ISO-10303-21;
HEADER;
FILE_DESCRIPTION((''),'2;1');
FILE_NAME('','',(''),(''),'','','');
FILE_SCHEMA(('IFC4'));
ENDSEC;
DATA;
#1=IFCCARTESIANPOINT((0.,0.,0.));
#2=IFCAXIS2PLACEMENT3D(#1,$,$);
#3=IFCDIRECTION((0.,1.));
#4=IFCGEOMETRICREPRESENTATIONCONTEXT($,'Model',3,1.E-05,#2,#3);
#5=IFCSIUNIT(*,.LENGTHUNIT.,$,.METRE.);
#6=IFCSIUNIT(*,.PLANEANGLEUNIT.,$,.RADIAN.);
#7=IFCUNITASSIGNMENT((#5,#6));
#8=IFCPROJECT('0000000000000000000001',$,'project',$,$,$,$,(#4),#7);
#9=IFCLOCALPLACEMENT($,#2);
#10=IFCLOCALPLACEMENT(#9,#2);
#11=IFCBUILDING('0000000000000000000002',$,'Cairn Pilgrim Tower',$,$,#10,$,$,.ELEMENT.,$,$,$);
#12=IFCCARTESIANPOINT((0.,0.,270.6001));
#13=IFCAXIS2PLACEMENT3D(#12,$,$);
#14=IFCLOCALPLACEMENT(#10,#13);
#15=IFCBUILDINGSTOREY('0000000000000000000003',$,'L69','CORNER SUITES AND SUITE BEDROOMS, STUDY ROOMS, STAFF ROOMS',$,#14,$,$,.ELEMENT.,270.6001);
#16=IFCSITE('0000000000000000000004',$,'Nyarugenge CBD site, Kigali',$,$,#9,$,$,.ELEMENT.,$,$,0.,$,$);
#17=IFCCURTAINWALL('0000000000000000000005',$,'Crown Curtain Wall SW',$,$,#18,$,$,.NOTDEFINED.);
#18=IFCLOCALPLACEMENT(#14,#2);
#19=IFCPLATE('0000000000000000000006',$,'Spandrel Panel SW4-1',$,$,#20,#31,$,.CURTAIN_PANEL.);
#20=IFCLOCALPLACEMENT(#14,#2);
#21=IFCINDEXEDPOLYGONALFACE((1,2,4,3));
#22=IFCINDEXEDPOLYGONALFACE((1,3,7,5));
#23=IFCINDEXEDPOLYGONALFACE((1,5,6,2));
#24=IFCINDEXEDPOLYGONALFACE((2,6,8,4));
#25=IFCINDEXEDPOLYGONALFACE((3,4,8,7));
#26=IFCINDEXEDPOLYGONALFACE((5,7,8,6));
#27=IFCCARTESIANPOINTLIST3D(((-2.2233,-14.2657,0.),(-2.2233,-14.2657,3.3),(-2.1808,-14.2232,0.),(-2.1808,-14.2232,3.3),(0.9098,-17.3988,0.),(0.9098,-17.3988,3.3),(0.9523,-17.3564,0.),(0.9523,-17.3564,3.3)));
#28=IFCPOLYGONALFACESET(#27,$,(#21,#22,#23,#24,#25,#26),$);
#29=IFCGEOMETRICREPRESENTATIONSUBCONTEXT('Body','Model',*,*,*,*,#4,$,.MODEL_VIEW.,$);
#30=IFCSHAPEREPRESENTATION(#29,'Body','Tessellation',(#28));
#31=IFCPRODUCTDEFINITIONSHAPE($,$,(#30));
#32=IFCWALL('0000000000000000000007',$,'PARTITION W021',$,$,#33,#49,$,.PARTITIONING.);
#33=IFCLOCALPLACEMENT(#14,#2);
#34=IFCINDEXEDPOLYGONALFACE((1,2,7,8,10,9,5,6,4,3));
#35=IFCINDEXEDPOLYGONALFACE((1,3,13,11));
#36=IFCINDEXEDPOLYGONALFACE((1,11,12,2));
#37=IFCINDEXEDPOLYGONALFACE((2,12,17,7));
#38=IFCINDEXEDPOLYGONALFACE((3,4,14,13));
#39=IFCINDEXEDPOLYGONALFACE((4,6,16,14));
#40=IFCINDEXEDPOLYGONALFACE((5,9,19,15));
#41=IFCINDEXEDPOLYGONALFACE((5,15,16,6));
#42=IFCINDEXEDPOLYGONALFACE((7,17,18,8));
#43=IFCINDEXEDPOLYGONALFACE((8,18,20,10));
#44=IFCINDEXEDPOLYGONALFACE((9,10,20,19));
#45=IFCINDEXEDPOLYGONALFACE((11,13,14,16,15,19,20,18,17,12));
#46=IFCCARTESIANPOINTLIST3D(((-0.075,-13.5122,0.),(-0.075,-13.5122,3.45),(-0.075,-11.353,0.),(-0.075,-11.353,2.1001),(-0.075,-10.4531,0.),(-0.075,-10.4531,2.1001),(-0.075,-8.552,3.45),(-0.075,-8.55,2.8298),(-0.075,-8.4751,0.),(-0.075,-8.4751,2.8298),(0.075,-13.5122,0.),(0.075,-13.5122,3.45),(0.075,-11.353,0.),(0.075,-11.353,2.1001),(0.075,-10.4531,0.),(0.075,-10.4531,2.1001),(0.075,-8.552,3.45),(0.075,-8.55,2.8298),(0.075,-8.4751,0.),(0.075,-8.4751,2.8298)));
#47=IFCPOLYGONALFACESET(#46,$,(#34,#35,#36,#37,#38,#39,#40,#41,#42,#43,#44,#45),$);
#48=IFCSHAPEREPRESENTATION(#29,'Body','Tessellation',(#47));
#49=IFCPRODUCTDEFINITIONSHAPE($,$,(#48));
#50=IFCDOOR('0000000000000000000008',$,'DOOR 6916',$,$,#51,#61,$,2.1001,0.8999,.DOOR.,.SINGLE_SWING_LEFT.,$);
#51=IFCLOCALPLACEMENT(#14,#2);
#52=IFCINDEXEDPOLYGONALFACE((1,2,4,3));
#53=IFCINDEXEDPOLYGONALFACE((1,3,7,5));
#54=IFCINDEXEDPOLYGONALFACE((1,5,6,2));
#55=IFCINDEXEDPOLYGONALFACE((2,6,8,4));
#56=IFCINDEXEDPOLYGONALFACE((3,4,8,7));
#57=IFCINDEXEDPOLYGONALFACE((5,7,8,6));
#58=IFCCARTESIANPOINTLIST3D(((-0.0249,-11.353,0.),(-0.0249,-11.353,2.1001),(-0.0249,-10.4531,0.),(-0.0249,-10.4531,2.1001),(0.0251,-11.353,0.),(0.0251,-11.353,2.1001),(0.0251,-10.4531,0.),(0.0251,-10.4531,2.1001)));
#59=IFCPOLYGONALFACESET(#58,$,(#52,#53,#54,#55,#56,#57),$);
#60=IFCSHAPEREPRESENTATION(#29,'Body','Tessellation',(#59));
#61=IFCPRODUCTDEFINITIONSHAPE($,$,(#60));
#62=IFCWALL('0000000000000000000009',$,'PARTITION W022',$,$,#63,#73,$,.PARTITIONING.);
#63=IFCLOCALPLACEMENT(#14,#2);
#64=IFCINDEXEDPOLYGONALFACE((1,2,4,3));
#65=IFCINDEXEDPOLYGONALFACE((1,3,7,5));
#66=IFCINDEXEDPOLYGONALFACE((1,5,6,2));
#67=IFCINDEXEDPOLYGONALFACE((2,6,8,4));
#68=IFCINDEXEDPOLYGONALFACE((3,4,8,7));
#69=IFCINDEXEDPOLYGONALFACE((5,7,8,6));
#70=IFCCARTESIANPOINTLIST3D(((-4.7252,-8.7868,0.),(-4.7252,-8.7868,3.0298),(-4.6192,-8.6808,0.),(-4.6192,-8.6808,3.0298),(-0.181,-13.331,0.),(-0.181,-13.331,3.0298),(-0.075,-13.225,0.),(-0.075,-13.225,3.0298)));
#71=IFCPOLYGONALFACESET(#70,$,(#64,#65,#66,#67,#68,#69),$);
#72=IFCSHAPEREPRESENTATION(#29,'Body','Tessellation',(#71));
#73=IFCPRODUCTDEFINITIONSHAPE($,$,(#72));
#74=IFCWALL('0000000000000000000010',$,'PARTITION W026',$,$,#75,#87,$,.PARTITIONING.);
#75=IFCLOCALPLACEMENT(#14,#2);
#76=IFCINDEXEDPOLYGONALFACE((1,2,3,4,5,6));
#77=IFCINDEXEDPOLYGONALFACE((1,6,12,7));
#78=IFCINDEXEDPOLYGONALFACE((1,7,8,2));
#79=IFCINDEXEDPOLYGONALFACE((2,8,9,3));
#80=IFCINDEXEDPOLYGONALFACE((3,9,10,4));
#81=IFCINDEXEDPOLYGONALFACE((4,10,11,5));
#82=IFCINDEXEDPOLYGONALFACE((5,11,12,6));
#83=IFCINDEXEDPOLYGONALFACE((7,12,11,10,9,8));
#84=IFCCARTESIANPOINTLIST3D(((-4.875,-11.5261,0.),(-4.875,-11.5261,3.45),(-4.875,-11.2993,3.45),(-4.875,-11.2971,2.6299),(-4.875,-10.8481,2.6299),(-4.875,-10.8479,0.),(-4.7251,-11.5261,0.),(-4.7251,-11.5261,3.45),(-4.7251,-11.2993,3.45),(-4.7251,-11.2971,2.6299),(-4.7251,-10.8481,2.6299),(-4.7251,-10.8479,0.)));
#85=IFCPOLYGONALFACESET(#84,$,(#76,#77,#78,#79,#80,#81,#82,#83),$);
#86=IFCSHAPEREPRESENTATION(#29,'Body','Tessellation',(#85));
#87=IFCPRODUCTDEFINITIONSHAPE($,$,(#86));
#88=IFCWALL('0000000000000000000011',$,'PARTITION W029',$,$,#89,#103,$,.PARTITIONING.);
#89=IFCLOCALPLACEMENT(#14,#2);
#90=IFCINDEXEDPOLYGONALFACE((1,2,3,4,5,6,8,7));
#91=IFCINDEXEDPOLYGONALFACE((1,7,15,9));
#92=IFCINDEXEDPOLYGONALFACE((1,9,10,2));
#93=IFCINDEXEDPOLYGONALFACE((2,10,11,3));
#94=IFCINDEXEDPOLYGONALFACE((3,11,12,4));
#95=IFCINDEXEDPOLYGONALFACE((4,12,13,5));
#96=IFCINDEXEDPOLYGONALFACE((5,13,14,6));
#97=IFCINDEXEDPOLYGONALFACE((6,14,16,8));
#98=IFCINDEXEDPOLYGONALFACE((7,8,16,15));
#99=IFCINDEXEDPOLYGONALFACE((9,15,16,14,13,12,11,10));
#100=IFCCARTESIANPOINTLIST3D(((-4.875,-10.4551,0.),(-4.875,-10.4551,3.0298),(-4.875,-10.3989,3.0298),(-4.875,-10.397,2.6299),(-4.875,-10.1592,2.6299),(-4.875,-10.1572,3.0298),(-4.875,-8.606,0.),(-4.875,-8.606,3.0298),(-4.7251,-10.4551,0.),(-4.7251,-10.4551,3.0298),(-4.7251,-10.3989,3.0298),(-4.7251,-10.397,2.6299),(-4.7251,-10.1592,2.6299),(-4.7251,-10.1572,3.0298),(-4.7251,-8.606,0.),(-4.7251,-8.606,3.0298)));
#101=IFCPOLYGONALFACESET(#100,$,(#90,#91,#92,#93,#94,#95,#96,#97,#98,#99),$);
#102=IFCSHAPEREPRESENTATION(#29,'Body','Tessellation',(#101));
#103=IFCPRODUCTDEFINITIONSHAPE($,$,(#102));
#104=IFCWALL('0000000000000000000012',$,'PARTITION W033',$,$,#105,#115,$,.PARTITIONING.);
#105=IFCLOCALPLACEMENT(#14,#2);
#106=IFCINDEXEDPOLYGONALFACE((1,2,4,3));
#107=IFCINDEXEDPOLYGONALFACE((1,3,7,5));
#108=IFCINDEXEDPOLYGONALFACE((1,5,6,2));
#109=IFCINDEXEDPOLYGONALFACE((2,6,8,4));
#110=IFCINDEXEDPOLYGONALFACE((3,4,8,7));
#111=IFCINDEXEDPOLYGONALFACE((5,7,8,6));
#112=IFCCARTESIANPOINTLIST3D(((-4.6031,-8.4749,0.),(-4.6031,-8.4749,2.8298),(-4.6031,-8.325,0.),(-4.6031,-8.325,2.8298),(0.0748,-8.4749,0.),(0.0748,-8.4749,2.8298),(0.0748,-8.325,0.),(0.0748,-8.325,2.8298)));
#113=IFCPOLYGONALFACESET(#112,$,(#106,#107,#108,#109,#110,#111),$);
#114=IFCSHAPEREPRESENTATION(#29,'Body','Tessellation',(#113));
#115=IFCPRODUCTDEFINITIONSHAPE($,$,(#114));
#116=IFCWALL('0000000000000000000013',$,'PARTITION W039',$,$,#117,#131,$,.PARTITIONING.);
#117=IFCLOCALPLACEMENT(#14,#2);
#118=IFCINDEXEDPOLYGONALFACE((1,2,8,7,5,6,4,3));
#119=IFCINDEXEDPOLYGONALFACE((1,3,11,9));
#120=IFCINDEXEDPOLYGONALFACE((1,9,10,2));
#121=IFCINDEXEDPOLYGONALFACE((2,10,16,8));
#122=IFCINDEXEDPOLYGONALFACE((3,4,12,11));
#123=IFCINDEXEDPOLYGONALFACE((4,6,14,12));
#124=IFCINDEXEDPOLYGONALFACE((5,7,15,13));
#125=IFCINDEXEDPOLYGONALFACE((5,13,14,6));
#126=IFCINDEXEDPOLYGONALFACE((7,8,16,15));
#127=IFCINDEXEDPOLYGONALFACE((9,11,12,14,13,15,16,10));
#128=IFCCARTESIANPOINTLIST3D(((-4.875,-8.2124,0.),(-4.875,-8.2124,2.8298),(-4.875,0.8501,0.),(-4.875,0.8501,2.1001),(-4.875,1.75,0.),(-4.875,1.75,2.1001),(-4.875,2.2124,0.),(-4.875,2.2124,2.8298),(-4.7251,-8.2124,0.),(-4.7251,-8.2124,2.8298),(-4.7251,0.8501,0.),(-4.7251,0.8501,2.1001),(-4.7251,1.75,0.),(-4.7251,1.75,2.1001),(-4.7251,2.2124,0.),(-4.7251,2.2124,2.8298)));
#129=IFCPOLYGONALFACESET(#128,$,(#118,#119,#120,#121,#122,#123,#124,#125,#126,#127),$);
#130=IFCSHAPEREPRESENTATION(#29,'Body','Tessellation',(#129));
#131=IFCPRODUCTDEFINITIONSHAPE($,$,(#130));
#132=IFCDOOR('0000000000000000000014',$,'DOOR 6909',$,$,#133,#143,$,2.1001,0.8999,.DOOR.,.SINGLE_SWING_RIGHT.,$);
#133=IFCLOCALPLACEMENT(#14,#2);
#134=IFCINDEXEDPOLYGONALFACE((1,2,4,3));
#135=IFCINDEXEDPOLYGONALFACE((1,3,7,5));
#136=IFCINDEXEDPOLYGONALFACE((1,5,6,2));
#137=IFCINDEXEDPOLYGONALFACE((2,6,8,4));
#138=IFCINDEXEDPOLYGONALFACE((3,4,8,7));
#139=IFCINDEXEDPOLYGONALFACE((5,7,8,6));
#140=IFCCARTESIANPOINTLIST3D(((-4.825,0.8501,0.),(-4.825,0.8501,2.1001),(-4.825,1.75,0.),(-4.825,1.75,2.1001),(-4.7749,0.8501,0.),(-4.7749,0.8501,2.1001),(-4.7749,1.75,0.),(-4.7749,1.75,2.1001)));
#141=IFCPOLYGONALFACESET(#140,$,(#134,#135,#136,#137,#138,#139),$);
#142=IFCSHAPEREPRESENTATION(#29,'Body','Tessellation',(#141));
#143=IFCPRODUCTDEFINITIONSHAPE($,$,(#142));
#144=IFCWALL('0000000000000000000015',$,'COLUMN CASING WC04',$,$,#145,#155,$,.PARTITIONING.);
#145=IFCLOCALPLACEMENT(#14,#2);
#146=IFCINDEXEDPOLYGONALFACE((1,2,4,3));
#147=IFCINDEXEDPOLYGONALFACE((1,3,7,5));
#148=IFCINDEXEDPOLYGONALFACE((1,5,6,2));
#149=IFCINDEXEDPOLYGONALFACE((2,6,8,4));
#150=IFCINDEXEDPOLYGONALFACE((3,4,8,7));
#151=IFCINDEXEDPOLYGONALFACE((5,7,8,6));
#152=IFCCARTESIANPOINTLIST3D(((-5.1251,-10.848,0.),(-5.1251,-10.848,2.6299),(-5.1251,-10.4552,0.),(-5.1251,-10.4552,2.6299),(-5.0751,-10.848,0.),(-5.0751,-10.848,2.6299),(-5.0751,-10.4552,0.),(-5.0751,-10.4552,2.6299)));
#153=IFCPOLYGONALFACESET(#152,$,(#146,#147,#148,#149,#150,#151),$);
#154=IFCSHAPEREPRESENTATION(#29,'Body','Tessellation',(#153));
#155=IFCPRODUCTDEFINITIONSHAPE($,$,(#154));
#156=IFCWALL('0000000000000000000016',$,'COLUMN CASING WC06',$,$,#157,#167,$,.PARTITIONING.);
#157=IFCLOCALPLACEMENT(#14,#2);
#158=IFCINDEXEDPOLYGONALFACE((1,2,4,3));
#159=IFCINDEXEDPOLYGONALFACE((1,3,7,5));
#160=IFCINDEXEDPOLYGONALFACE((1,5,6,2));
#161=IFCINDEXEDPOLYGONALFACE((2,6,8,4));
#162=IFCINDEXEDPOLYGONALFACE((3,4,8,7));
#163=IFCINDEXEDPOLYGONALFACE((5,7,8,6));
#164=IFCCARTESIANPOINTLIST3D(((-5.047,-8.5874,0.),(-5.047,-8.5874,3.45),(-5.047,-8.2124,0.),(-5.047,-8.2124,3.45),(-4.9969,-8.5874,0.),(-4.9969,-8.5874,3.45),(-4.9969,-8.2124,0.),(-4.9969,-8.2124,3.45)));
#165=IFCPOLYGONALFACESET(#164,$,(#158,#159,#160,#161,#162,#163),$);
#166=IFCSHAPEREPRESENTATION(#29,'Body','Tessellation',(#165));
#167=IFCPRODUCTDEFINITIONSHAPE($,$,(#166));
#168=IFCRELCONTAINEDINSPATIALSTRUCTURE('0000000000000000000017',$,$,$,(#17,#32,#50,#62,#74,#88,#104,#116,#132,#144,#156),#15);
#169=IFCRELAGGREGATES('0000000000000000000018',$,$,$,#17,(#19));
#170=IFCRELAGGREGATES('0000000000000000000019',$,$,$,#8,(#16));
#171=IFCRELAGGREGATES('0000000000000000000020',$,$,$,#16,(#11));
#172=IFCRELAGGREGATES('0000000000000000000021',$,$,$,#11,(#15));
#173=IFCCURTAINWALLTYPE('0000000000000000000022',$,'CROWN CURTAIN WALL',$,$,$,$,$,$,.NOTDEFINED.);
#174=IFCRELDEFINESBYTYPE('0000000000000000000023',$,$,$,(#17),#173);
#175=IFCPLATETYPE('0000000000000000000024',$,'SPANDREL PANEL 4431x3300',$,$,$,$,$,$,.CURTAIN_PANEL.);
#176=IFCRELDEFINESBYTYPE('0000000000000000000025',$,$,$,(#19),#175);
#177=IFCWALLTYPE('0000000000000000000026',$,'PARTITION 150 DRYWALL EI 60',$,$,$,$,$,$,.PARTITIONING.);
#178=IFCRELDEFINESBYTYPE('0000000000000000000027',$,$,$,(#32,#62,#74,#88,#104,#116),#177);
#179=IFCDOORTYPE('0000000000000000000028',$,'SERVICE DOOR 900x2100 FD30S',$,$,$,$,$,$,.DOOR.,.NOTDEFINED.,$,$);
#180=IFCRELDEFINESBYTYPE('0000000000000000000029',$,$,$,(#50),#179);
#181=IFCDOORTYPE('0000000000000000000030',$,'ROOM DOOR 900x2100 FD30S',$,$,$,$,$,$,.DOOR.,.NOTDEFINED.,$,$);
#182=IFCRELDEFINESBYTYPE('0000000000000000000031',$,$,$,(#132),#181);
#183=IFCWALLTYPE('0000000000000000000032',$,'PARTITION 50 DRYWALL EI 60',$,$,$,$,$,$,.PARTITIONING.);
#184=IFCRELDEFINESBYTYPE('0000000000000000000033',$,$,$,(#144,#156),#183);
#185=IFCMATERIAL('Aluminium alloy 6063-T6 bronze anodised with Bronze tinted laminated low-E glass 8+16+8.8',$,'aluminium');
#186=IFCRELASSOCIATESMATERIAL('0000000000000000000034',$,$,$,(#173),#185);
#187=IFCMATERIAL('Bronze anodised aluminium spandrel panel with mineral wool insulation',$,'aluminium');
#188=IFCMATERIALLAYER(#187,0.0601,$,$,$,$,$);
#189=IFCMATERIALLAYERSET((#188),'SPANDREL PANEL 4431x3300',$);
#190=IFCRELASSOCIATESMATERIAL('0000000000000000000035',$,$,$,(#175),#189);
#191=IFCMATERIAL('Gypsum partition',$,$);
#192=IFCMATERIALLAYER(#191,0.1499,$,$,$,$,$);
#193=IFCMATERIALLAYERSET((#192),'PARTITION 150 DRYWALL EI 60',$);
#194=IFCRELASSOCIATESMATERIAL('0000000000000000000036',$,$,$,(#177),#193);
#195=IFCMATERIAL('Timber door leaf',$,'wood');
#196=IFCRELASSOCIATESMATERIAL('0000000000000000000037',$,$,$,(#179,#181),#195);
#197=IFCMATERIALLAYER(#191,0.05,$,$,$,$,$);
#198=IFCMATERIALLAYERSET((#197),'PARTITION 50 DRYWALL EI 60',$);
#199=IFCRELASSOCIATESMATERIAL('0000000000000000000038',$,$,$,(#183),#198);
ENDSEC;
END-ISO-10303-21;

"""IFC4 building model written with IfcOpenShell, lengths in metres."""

from ifc_helpers import new_model, si_unit, direction, frame, frame_2d, origin, origin_2d, place, context, subcontext, project, spatial, polyline, rectangle, outline, extrude, material, layer, layer_set, type_object, element, fill, aggregate, save


model = new_model("IFC4")

# Units and contexts
model_context = context("Model", 3, precision=1e-05, world=origin(), true_north=direction((0.0, 1.0)))
body_context = subcontext(model_context, "Body", "Model", "MODEL_VIEW")
ifc_project = project(units=[si_unit("LENGTHUNIT", "METRE"), si_unit("PLANEANGLEUNIT", "RADIAN")], contexts=[model_context])

# Site, building, storey
site_placement = place(None, origin())
site = spatial("IfcSite", under=ifc_project, at=site_placement, Name="Nyarugenge CBD site, Kigali", CompositionType="ELEMENT", RefElevation=0.0)
building_placement = place(site_placement, origin())
building = spatial("IfcBuilding", under=site, at=building_placement, Name="Cairn Pilgrim Tower", CompositionType="ELEMENT")
storey_placement = place(building_placement, frame((0.0, 0.0, 270.6001)))
storey = spatial("IfcBuildingStorey", under=building, at=storey_placement, Name="L69", Description="CORNER SUITES AND SUITE BEDROOMS, STUDY ROOMS, STAFF ROOMS", CompositionType="ELEMENT", Elevation=270.6001)

# Curtain wall
ifc_material_1 = material(Name="Aluminium alloy 6063-T6 bronze anodised with Bronze tinted laminated low-E glass 8+16+8.8", Category="aluminium")
curtain_wall_type = type_object("IfcCurtainWallType", Name="CROWN CURTAIN WALL", PredefinedType="NOTDEFINED", material=ifc_material_1)
curtain_wall_placement = place(storey_placement, origin())
curtain_wall = element("IfcCurtainWall", 1, at=curtain_wall_placement, inside=storey, type_object=curtain_wall_type, Name="Crown Curtain Wall SW", PredefinedType="NOTDEFINED")

# Plate
ifc_material_2 = material(Name="Bronze anodised aluminium spandrel panel with mineral wool insulation", Category="aluminium")
ifc_layer_1 = layer(ifc_material_2, 0.0601)
ifc_layer_set_1 = layer_set([ifc_layer_1], Name="SPANDREL PANEL 4431x3300")
plate_type = type_object("IfcPlateType", Name="SPANDREL PANEL 4431x3300", PredefinedType="CURTAIN_PANEL", material=ifc_layer_set_1)
plate_1_placement = place(storey_placement, frame((-0.6355, -15.811, 0.0), z_axis=(0.0, 0.0, 1.0), x_axis=(0.707107, -0.707107, 0.0)))
plate_1 = element("IfcPlate", 2, at=plate_1_placement, type_object=plate_type, Name="Spandrel Panel SW4-1", PredefinedType="CURTAIN_PANEL", context=body_context, shape_type="SweptSolid", body=[
    extrude(rectangle(XDim=4.4309, YDim=0.0601, at=origin_2d()), origin(), (0.0, 0.0, 1.0), 3.3),
])
aggregate(curtain_wall, [plate_1])

# Wall, opening, door
ifc_material_3 = material(Name="Gypsum partition")
ifc_layer_2 = layer(ifc_material_3, 0.1499)
ifc_layer_set_2 = layer_set([ifc_layer_2], Name="PARTITION 150 DRYWALL EI 60")
wall_type_1 = type_object("IfcWallType", Name="PARTITION 150 DRYWALL EI 60", PredefinedType="PARTITIONING", material=ifc_layer_set_2)
wall_1_placement = place(storey_placement, frame((0.0, -13.5122, 0.0), z_axis=(0.0, 0.0, 1.0), x_axis=(0.0, 1.0, 0.0)))
wall_1 = element("IfcWall", 3, at=wall_1_placement, inside=storey, type_object=wall_type_1, Name="PARTITION W021", PredefinedType="PARTITIONING", context=body_context, shape_type="SweptSolid", body=[
    extrude(outline(polyline([(0.0, 0.0), (5.0371, 0.0), (5.0371, 2.8298), (4.9622, 2.8298), (4.9602, 3.45), (0.0, 3.45), (0.0, 0.0)])), frame((0.0, 0.075, 0.0), z_axis=(0.0, -1.0, 0.0), x_axis=(1.0, 0.0, 0.0)), (0.0, 0.0, 1.0), 0.1499),
])
opening_1_placement = place(wall_1_placement, frame((2.1592, 0.0, 0.0)))
opening_1 = element("IfcOpeningElement", 4, at=opening_1_placement, cuts=wall_1, PredefinedType="OPENING", context=body_context, shape_type="SweptSolid", body=[
    extrude(rectangle(XDim=0.8999, YDim=2.1001, at=frame_2d((0.45, 1.05))), frame((0.0, 0.085, 0.0), z_axis=(0.0, -1.0, 0.0), x_axis=(1.0, 0.0, 0.0)), (0.0, 0.0, 1.0), 0.1699),
])
ifc_material_4 = material(Name="Timber door leaf", Category="wood")
door_type_1 = type_object("IfcDoorType", Name="SERVICE DOOR 900x2100 FD30S", OperationType="NOTDEFINED", PredefinedType="DOOR", material=ifc_material_4)
door_1_placement = place(opening_1_placement, origin())
door_1 = element("IfcDoor", 5, at=door_1_placement, inside=storey, type_object=door_type_1, Name="DOOR 6916", OperationType="SINGLE_SWING_LEFT", OverallHeight=2.1001, OverallWidth=0.8999, PredefinedType="DOOR", context=body_context, shape_type="SweptSolid", body=[
    extrude(rectangle(XDim=0.8999, YDim=2.1001, at=frame_2d((0.45, 1.05))), frame((0.0, 0.0249, 0.0), z_axis=(0.0, -1.0, 0.0), x_axis=(1.0, 0.0, 0.0)), (0.0, 0.0, 1.0), 0.05),
])
fill(opening_1, door_1)

# Walls
wall_2_placement = place(storey_placement, frame((-0.1279, -13.2781, 0.0), z_axis=(0.0, 0.0, 1.0), x_axis=(-0.707107, 0.707107, 0.0)))
element("IfcWall", 6, at=wall_2_placement, inside=storey, type_object=wall_type_1, Name="PARTITION W022", PredefinedType="PARTITIONING", context=body_context, shape_type="SweptSolid", body=[
    extrude(rectangle(XDim=6.4265, YDim=0.1499, at=frame_2d((3.2134, 0.0))), origin(), (0.0, 0.0, 1.0), 3.0298),
])
wall_3_placement = place(storey_placement, frame((-4.8, -11.5261, 0.0), z_axis=(0.0, 0.0, 1.0), x_axis=(0.0, 1.0, 0.0)))
element("IfcWall", 7, at=wall_3_placement, inside=storey, type_object=wall_type_1, Name="PARTITION W026", PredefinedType="PARTITIONING", context=body_context, shape_type="SweptSolid", body=[
    extrude(outline(polyline([(0.0, 0.0), (0.6782, 0.0), (0.678, 2.6299), (0.229, 2.6299), (0.2268, 3.45), (0.0, 3.45), (0.0, 0.0)])), frame((0.0, 0.075, 0.0), z_axis=(0.0, -1.0, 0.0), x_axis=(1.0, 0.0, 0.0)), (0.0, 0.0, 1.0), 0.1499),
])
wall_4_placement = place(storey_placement, frame((-4.8, -10.4551, 0.0), z_axis=(0.0, 0.0, 1.0), x_axis=(0.0, 1.0, 0.0)))
element("IfcWall", 8, at=wall_4_placement, inside=storey, type_object=wall_type_1, Name="PARTITION W029", PredefinedType="PARTITIONING", context=body_context, shape_type="SweptSolid", body=[
    extrude(outline(polyline([(0.0, 0.0), (1.8491, 0.0), (1.8491, 3.0298), (0.2979, 3.0298), (0.2959, 2.6299), (0.0581, 2.6299), (0.0562, 3.0298), (0.0, 3.0298), (0.0, 0.0)])), frame((0.0, 0.075, 0.0), z_axis=(0.0, -1.0, 0.0), x_axis=(1.0, 0.0, 0.0)), (0.0, 0.0, 1.0), 0.1499),
])
wall_5_placement = place(storey_placement, frame((-4.603, -8.3999, 0.0), z_axis=(0.0, 0.0, 1.0), x_axis=(1.0, 0.0, 0.0)))
element("IfcWall", 9, at=wall_5_placement, inside=storey, type_object=wall_type_1, Name="PARTITION W033", PredefinedType="PARTITIONING", context=body_context, shape_type="SweptSolid", body=[
    extrude(rectangle(XDim=4.678, YDim=0.1499, at=frame_2d((2.3389, 0.0))), origin(), (0.0, 0.0, 1.0), 2.8298),
])

# Wall, opening, door
wall_6_placement = place(storey_placement, frame((-4.8, -8.2124, 0.0), z_axis=(0.0, 0.0, 1.0), x_axis=(0.0, 1.0, 0.0)))
wall_6 = element("IfcWall", 10, at=wall_6_placement, inside=storey, type_object=wall_type_1, Name="PARTITION W039", PredefinedType="PARTITIONING", context=body_context, shape_type="SweptSolid", body=[
    extrude(rectangle(XDim=10.4248, YDim=0.1499, at=frame_2d((5.2124, 0.0))), origin(), (0.0, 0.0, 1.0), 2.8298),
])
opening_2_placement = place(wall_6_placement, frame((9.0625, 0.0, 0.0)))
opening_2 = element("IfcOpeningElement", 11, at=opening_2_placement, cuts=wall_6, PredefinedType="OPENING", context=body_context, shape_type="SweptSolid", body=[
    extrude(rectangle(XDim=0.8999, YDim=2.1001, at=frame_2d((0.45, 1.05))), frame((0.0, 0.085, 0.0), z_axis=(0.0, -1.0, 0.0), x_axis=(1.0, 0.0, 0.0)), (0.0, 0.0, 1.0), 0.1699),
])
door_type_2 = type_object("IfcDoorType", Name="ROOM DOOR 900x2100 FD30S", OperationType="NOTDEFINED", PredefinedType="DOOR", material=ifc_material_4)
door_2_placement = place(opening_2_placement, origin())
door_2 = element("IfcDoor", 12, at=door_2_placement, inside=storey, type_object=door_type_2, Name="DOOR 6909", OperationType="SINGLE_SWING_RIGHT", OverallHeight=2.1001, OverallWidth=0.8999, PredefinedType="DOOR", context=body_context, shape_type="SweptSolid", body=[
    extrude(rectangle(XDim=0.8999, YDim=2.1001, at=frame_2d((0.45, 1.05))), frame((0.0, 0.0249, 0.0), z_axis=(0.0, -1.0, 0.0), x_axis=(1.0, 0.0, 0.0)), (0.0, 0.0, 1.0), 0.05),
])
fill(opening_2, door_2)

# Walls
ifc_layer_3 = layer(ifc_material_3, 0.05)
ifc_layer_set_3 = layer_set([ifc_layer_3], Name="PARTITION 50 DRYWALL EI 60")
wall_type_2 = type_object("IfcWallType", Name="PARTITION 50 DRYWALL EI 60", PredefinedType="PARTITIONING", material=ifc_layer_set_3)
wall_7_placement = place(storey_placement, frame((-5.1001, -10.8479, 0.0), z_axis=(0.0, 0.0, 1.0), x_axis=(0.0, 1.0, 0.0)))
element("IfcWall", 13, at=wall_7_placement, inside=storey, type_object=wall_type_2, Name="COLUMN CASING WC04", PredefinedType="PARTITIONING", context=body_context, shape_type="SweptSolid", body=[
    extrude(rectangle(XDim=0.3928, YDim=0.05, at=frame_2d((0.1963, 0.0))), origin(), (0.0, 0.0, 1.0), 2.6299),
])
wall_8_placement = place(storey_placement, frame((-5.022, -8.5874, 0.0), z_axis=(0.0, 0.0, 1.0), x_axis=(0.0, 1.0, 0.0)))
element("IfcWall", 14, at=wall_8_placement, inside=storey, type_object=wall_type_2, Name="COLUMN CASING WC06", PredefinedType="PARTITIONING", context=body_context, shape_type="SweptSolid", body=[
    extrude(rectangle(XDim=0.375, YDim=0.05, at=frame_2d((0.1875, 0.0))), origin(), (0.0, 0.0, 1.0), 3.45),
])

save(model, "model.ifc")
